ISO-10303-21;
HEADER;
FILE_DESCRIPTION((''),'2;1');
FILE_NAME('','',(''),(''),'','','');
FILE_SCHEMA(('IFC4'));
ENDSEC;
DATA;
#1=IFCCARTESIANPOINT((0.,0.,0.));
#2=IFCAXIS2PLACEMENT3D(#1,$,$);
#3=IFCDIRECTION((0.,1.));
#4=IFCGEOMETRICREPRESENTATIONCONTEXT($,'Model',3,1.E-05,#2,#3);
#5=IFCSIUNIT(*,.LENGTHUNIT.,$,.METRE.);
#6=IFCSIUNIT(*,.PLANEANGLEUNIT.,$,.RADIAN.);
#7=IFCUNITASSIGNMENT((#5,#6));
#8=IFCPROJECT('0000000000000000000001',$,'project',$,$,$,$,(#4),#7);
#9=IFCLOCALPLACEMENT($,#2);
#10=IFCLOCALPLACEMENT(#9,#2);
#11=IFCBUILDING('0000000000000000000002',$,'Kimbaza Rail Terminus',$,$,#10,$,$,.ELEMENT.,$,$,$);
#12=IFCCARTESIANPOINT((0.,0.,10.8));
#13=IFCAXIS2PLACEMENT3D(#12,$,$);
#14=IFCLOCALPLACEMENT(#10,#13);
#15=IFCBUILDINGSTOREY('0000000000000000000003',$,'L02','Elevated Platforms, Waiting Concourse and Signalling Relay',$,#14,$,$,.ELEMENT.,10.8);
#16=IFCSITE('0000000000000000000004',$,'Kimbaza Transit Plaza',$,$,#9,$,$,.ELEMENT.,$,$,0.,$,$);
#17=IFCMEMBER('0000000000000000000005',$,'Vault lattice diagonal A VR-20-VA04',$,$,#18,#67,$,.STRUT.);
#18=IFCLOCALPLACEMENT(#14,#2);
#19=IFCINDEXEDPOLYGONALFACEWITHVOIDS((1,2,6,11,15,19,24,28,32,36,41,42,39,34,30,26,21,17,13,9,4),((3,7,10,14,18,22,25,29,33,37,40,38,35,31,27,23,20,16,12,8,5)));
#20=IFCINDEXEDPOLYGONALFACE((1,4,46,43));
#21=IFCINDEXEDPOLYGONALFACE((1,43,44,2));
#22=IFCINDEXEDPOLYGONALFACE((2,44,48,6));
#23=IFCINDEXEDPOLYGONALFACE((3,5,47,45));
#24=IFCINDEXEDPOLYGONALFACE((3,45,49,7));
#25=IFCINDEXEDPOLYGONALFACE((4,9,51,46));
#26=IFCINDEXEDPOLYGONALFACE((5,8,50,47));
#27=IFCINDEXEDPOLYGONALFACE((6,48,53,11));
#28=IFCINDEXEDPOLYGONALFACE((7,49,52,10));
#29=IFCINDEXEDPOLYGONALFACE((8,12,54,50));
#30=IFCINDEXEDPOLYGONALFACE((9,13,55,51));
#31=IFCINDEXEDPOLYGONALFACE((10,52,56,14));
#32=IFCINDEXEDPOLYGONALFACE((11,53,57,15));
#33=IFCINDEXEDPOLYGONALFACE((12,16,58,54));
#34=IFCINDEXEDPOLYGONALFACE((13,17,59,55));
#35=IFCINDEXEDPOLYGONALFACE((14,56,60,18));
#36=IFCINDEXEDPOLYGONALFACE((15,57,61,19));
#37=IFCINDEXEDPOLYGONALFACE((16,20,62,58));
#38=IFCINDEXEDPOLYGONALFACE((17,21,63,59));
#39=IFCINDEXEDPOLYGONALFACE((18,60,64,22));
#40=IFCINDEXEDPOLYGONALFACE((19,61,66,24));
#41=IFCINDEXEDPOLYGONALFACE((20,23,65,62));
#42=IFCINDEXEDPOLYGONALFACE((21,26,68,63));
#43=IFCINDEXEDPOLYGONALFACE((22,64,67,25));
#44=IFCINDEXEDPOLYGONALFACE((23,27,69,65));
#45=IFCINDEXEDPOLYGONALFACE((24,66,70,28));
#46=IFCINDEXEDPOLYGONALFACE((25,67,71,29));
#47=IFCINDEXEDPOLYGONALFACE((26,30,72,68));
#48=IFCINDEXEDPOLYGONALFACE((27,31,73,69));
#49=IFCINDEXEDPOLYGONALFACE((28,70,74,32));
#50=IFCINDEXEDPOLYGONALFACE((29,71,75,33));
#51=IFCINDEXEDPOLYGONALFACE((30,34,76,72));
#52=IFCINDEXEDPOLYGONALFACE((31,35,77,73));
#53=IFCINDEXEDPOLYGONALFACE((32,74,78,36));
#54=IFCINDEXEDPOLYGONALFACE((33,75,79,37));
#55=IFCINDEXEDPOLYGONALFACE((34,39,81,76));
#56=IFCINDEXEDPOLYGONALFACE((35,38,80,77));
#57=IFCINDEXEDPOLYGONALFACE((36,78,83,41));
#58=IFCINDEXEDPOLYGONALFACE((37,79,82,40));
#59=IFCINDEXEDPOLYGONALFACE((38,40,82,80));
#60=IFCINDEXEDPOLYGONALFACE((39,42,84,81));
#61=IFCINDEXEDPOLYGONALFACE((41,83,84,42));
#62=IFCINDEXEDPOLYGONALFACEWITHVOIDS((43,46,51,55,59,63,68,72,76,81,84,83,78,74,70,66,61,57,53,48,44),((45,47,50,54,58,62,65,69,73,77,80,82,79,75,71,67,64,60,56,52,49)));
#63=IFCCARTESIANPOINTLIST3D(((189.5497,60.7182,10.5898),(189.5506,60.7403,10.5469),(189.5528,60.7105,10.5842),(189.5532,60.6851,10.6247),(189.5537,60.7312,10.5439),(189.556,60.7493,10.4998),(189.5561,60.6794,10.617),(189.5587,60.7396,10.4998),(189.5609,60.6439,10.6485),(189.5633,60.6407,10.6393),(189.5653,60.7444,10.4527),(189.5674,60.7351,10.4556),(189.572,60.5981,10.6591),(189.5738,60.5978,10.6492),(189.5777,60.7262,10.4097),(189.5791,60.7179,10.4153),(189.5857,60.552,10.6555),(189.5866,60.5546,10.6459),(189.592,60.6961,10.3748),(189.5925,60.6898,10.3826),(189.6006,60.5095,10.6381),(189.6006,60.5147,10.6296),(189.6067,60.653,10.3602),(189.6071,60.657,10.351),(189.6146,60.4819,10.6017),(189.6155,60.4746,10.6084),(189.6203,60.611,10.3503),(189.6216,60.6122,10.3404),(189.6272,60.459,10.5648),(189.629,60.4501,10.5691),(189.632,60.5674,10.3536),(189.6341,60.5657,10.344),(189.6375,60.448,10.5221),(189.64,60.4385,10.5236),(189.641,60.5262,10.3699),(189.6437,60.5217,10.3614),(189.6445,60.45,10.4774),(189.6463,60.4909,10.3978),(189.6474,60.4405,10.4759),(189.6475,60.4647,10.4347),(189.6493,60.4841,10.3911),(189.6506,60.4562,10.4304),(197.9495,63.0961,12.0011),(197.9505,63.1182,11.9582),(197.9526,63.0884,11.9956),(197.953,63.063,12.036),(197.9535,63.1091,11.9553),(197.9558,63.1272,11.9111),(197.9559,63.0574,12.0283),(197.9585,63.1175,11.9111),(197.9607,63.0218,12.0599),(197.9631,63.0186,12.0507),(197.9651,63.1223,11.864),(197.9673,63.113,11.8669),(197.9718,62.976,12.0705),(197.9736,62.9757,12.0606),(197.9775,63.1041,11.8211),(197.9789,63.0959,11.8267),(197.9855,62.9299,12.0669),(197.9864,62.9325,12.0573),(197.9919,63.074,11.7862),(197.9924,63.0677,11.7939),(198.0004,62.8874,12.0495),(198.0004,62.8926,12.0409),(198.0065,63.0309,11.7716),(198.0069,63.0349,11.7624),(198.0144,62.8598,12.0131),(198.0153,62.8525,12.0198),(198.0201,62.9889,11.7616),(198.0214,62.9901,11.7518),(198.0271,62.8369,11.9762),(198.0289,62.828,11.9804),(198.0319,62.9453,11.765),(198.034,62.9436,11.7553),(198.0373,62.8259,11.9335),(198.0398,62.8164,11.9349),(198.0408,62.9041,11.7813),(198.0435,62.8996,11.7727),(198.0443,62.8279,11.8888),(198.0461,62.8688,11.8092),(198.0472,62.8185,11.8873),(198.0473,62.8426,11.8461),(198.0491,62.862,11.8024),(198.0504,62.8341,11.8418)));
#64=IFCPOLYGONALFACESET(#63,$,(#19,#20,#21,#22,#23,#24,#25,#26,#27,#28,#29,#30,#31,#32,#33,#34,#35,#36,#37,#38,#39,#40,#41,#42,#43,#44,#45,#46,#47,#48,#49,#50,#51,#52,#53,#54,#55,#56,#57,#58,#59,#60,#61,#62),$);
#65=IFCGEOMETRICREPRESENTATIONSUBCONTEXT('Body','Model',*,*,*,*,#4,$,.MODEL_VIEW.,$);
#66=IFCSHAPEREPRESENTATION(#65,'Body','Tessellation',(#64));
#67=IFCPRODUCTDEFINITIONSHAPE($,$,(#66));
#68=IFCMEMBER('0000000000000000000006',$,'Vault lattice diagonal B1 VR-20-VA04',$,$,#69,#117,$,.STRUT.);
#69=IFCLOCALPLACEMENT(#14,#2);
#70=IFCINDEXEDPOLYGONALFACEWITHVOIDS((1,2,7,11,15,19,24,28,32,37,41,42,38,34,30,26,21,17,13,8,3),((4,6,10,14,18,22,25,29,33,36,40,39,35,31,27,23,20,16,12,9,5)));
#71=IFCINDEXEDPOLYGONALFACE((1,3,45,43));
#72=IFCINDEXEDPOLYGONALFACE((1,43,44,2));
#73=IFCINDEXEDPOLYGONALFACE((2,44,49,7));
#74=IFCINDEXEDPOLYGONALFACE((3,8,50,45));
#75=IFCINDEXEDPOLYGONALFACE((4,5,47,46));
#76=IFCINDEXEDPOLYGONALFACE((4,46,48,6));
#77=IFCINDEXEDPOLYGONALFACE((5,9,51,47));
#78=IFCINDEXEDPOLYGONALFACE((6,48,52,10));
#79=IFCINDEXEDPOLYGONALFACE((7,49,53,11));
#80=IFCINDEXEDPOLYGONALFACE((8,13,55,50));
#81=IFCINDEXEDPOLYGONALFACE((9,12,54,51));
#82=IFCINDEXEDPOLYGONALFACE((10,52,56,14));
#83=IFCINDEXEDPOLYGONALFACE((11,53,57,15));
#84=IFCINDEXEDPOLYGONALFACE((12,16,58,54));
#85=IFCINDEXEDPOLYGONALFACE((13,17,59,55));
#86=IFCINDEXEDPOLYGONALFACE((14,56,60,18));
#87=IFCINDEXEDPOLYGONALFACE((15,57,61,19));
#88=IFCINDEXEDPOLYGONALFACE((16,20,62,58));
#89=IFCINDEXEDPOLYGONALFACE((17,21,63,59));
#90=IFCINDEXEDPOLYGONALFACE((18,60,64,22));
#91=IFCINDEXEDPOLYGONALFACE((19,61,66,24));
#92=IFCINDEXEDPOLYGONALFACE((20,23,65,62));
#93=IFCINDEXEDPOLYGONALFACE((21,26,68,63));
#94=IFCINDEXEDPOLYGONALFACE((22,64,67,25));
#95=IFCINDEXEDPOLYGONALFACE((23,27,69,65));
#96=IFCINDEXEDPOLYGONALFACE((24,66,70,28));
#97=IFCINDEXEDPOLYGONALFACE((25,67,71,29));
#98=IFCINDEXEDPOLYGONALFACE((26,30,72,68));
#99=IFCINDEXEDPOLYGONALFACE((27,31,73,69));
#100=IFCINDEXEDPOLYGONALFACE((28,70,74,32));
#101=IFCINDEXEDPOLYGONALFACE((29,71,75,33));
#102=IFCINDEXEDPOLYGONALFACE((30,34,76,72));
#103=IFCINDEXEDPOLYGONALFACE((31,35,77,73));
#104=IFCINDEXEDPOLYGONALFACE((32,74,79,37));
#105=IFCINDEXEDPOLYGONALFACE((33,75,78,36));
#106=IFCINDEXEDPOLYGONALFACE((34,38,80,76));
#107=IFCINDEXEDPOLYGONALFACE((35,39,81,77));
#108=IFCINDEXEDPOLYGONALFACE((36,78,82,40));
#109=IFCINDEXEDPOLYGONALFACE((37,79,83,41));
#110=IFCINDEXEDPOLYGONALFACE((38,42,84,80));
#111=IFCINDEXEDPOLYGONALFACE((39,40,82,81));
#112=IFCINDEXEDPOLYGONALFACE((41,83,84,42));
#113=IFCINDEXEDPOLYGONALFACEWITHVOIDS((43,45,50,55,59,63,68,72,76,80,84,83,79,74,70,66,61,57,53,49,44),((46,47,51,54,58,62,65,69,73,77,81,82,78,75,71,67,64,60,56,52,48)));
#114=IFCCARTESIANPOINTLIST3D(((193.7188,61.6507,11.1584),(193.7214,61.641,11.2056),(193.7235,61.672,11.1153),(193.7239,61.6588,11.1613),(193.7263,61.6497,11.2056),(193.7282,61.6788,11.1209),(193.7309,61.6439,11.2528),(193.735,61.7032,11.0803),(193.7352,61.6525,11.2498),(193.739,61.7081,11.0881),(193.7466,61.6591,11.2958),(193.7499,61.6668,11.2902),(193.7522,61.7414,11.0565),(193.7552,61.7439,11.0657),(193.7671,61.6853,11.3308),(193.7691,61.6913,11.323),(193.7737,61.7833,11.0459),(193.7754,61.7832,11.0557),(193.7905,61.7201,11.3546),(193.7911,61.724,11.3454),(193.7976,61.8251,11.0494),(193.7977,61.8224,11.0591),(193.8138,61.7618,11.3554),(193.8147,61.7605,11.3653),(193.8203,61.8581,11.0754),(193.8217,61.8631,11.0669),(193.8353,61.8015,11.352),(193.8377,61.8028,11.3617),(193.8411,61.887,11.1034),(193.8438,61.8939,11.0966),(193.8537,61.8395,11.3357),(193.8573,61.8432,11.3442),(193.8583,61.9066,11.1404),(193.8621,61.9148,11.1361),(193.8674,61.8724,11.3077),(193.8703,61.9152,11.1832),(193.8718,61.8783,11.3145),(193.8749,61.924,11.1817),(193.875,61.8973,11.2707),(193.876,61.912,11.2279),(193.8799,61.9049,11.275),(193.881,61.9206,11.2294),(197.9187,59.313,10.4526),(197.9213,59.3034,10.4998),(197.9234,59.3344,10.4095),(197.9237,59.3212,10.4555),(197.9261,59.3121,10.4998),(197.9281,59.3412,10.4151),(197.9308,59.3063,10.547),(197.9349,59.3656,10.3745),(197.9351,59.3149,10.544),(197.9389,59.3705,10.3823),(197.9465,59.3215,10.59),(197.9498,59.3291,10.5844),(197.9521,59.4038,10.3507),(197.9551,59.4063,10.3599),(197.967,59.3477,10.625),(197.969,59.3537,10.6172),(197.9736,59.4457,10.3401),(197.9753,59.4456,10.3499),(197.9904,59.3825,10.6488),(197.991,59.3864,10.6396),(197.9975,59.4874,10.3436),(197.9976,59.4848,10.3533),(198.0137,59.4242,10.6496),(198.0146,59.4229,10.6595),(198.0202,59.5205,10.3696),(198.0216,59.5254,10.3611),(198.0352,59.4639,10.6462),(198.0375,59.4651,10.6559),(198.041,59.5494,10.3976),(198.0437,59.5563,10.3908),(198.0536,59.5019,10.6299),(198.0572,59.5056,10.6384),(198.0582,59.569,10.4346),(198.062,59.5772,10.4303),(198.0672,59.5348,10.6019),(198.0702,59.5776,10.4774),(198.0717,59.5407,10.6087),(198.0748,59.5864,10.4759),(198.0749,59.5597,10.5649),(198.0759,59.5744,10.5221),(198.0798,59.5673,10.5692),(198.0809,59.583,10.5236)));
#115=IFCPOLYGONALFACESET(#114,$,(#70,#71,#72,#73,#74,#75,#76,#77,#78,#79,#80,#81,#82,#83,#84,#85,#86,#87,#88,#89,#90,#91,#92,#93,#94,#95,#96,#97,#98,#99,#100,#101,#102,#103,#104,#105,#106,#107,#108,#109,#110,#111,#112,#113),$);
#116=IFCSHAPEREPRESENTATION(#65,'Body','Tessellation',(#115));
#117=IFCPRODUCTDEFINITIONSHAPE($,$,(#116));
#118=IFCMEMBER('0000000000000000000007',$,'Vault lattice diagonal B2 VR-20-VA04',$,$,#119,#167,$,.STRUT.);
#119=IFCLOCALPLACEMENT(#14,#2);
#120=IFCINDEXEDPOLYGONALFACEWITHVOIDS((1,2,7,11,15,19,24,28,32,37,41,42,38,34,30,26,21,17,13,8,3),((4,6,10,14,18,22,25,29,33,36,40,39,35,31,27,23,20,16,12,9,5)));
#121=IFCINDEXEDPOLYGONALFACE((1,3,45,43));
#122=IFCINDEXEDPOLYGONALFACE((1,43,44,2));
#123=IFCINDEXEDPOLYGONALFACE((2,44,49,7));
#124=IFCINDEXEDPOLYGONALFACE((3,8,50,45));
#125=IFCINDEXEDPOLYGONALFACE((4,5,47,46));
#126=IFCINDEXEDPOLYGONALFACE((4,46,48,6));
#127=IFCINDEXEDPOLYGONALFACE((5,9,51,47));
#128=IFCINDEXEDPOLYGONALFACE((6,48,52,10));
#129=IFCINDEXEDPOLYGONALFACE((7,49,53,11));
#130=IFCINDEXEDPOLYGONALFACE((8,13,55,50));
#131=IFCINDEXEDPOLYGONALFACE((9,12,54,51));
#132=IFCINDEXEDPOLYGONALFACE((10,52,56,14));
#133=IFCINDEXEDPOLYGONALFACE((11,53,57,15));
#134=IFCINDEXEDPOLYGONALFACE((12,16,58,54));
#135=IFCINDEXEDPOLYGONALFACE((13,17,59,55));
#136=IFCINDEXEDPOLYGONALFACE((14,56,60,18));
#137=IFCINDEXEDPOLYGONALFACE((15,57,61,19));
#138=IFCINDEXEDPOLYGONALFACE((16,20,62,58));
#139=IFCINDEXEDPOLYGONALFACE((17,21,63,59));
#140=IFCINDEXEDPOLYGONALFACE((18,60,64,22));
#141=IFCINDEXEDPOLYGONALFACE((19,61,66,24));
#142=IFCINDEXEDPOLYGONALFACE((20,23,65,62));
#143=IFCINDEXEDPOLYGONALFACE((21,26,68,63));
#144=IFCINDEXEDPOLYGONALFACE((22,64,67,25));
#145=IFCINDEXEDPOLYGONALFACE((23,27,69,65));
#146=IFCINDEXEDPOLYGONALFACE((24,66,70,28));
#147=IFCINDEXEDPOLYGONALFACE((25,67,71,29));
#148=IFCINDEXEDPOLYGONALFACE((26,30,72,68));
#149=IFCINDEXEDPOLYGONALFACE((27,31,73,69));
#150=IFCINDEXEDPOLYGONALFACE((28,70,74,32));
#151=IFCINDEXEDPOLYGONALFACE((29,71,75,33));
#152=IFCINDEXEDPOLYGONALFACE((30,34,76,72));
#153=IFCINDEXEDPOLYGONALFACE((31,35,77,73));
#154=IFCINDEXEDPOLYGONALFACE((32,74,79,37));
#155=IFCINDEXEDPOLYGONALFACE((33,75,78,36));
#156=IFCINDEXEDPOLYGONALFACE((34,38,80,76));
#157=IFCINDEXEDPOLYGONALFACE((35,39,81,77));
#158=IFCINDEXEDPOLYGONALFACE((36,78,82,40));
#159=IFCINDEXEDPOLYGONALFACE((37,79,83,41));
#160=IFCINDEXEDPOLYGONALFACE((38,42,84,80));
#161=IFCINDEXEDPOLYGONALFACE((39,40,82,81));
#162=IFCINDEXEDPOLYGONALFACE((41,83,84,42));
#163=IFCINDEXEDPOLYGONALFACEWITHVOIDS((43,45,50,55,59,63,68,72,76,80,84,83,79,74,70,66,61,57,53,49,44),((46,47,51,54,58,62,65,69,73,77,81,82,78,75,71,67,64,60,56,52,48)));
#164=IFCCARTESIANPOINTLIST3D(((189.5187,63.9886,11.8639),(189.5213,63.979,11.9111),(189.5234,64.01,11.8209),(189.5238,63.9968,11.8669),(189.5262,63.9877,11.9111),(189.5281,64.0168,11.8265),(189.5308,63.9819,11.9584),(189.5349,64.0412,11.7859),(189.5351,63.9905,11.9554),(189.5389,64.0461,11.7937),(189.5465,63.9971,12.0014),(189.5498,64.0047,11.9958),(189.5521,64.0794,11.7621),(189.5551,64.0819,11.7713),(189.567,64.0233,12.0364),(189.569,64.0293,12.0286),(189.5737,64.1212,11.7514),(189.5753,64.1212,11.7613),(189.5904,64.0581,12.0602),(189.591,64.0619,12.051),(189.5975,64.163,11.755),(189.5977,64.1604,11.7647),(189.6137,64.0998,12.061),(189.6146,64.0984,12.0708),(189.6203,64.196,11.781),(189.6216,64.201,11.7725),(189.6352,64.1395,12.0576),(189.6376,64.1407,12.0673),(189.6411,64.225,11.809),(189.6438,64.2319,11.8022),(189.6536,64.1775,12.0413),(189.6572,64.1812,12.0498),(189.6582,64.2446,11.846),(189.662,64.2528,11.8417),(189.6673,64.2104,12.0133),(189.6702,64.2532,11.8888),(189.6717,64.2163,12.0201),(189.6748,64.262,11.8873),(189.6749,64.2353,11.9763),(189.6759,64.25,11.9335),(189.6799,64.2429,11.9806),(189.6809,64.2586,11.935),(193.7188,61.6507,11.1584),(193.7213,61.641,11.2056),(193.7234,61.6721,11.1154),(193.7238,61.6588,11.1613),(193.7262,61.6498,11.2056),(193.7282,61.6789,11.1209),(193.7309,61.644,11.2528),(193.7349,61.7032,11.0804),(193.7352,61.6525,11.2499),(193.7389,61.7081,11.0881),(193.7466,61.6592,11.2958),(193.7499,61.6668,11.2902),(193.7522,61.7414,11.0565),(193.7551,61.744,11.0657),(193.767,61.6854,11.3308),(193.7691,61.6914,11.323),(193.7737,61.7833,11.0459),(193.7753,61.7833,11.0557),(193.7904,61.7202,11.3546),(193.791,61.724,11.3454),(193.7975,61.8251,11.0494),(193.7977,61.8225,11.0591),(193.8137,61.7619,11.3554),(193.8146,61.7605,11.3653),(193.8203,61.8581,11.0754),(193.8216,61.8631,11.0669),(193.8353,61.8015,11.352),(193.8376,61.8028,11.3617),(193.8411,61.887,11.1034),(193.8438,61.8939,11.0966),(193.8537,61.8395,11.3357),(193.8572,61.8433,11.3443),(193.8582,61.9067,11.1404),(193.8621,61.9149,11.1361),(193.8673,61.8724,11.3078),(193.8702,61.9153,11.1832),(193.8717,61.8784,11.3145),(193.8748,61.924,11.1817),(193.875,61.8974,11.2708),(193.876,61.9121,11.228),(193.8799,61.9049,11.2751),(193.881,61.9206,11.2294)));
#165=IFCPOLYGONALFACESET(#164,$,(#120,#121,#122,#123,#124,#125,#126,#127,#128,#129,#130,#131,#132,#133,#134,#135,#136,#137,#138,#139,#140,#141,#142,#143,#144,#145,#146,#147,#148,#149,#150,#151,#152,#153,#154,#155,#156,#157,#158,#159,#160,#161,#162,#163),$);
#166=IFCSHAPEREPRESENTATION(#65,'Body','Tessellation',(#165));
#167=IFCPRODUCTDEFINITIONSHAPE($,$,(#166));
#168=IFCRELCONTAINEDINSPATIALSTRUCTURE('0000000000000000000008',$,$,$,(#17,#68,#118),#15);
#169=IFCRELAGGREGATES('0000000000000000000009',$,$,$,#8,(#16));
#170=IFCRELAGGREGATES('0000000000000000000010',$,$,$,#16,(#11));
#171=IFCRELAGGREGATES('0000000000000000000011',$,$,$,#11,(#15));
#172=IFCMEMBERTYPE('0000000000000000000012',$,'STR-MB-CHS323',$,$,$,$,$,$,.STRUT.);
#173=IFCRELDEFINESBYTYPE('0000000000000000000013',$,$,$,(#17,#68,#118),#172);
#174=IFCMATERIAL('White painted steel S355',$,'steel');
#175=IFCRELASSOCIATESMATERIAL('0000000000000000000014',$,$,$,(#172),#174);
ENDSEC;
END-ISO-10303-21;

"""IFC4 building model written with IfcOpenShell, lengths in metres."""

from ifc_helpers import new_model, si_unit, direction, frame, origin, origin_2d, place, context, subcontext, project, spatial, hollow_circle, extrude, material, material_profile, profile_set, type_object, element, save


model = new_model("IFC4")

# Units and contexts
model_context = context("Model", 3, precision=1e-05, world=origin(), true_north=direction((0.0, 1.0)))
body_context = subcontext(model_context, "Body", "Model", "MODEL_VIEW")
ifc_project = project(units=[si_unit("LENGTHUNIT", "METRE"), si_unit("PLANEANGLEUNIT", "RADIAN")], contexts=[model_context])

# Site, building, storey
site_placement = place(None, origin())
site = spatial("IfcSite", under=ifc_project, at=site_placement, Name="Kimbaza Transit Plaza", CompositionType="ELEMENT", RefElevation=0.0)
building_placement = place(site_placement, origin())
building = spatial("IfcBuilding", under=site, at=building_placement, Name="Kimbaza Rail Terminus", CompositionType="ELEMENT")
storey_placement = place(building_placement, frame((0.0, 0.0, 10.8)))
storey = spatial("IfcBuildingStorey", under=building, at=storey_placement, Name="L02", Description="Elevated Platforms, Waiting Concourse and Signalling Relay", CompositionType="ELEMENT", Elevation=10.8)

# Members
ifc_material_1 = material(Name="White painted steel S355", Category="steel")
ifc_material_profile_1 = material_profile(ifc_material_1, hollow_circle(Radius=0.1619, WallThickness=0.01, at=origin_2d()), Name="CHS 323.9x10")
ifc_profile_set_1 = profile_set([ifc_material_profile_1], Name="White painted steel S355")
member_type_1 = type_object("IfcMemberType", Name="STR-MB-CHS323", PredefinedType="STRUT", material=ifc_profile_set_1)
member_1_placement = place(storey_placement, frame((189.6001, 60.5935, 10.4998), z_axis=(0.949855, 0.268895, 0.159597), x_axis=(-0.272386, 0.962188, 0.0)))
element("IfcMember", 1, at=member_1_placement, inside=storey, type_object=member_type_1, Name="Vault lattice diagonal A VR-20-VA04", PredefinedType="STRUT", context=body_context, shape_type="SweptSolid", body=[
    extrude(hollow_circle(Radius=0.1619, WallThickness=0.01, at=origin_2d()), origin(), (0.0, 0.0, 1.0), 8.8433),
])
member_2_placement = place(storey_placement, frame((198.0, 59.4448, 10.4998), z_axis=(-0.864503, 0.481173, 0.145282), x_axis=(-0.486333, -0.873774, 0.0)))
element("IfcMember", 2, at=member_2_placement, inside=storey, type_object=member_type_1, Name="Vault lattice diagonal B1 VR-20-VA04", PredefinedType="STRUT", context=body_context, shape_type="SweptSolid", body=[
    extrude(hollow_circle(Radius=0.1619, WallThickness=0.01, at=origin_2d()), origin(), (0.0, 0.0, 1.0), 4.8582),
])
member_3_placement = place(storey_placement, frame((193.8, 61.7825, 11.2056), z_axis=(-0.864489, 0.481215, 0.145229), x_axis=(-0.486372, -0.873752, 0.0)))
element("IfcMember", 3, at=member_3_placement, inside=storey, type_object=member_type_1, Name="Vault lattice diagonal B2 VR-20-VA04", PredefinedType="STRUT", context=body_context, shape_type="SweptSolid", body=[
    extrude(hollow_circle(Radius=0.1619, WallThickness=0.01, at=origin_2d()), origin(), (0.0, 0.0, 1.0), 4.8584),
])

save(model, "model.ifc")
